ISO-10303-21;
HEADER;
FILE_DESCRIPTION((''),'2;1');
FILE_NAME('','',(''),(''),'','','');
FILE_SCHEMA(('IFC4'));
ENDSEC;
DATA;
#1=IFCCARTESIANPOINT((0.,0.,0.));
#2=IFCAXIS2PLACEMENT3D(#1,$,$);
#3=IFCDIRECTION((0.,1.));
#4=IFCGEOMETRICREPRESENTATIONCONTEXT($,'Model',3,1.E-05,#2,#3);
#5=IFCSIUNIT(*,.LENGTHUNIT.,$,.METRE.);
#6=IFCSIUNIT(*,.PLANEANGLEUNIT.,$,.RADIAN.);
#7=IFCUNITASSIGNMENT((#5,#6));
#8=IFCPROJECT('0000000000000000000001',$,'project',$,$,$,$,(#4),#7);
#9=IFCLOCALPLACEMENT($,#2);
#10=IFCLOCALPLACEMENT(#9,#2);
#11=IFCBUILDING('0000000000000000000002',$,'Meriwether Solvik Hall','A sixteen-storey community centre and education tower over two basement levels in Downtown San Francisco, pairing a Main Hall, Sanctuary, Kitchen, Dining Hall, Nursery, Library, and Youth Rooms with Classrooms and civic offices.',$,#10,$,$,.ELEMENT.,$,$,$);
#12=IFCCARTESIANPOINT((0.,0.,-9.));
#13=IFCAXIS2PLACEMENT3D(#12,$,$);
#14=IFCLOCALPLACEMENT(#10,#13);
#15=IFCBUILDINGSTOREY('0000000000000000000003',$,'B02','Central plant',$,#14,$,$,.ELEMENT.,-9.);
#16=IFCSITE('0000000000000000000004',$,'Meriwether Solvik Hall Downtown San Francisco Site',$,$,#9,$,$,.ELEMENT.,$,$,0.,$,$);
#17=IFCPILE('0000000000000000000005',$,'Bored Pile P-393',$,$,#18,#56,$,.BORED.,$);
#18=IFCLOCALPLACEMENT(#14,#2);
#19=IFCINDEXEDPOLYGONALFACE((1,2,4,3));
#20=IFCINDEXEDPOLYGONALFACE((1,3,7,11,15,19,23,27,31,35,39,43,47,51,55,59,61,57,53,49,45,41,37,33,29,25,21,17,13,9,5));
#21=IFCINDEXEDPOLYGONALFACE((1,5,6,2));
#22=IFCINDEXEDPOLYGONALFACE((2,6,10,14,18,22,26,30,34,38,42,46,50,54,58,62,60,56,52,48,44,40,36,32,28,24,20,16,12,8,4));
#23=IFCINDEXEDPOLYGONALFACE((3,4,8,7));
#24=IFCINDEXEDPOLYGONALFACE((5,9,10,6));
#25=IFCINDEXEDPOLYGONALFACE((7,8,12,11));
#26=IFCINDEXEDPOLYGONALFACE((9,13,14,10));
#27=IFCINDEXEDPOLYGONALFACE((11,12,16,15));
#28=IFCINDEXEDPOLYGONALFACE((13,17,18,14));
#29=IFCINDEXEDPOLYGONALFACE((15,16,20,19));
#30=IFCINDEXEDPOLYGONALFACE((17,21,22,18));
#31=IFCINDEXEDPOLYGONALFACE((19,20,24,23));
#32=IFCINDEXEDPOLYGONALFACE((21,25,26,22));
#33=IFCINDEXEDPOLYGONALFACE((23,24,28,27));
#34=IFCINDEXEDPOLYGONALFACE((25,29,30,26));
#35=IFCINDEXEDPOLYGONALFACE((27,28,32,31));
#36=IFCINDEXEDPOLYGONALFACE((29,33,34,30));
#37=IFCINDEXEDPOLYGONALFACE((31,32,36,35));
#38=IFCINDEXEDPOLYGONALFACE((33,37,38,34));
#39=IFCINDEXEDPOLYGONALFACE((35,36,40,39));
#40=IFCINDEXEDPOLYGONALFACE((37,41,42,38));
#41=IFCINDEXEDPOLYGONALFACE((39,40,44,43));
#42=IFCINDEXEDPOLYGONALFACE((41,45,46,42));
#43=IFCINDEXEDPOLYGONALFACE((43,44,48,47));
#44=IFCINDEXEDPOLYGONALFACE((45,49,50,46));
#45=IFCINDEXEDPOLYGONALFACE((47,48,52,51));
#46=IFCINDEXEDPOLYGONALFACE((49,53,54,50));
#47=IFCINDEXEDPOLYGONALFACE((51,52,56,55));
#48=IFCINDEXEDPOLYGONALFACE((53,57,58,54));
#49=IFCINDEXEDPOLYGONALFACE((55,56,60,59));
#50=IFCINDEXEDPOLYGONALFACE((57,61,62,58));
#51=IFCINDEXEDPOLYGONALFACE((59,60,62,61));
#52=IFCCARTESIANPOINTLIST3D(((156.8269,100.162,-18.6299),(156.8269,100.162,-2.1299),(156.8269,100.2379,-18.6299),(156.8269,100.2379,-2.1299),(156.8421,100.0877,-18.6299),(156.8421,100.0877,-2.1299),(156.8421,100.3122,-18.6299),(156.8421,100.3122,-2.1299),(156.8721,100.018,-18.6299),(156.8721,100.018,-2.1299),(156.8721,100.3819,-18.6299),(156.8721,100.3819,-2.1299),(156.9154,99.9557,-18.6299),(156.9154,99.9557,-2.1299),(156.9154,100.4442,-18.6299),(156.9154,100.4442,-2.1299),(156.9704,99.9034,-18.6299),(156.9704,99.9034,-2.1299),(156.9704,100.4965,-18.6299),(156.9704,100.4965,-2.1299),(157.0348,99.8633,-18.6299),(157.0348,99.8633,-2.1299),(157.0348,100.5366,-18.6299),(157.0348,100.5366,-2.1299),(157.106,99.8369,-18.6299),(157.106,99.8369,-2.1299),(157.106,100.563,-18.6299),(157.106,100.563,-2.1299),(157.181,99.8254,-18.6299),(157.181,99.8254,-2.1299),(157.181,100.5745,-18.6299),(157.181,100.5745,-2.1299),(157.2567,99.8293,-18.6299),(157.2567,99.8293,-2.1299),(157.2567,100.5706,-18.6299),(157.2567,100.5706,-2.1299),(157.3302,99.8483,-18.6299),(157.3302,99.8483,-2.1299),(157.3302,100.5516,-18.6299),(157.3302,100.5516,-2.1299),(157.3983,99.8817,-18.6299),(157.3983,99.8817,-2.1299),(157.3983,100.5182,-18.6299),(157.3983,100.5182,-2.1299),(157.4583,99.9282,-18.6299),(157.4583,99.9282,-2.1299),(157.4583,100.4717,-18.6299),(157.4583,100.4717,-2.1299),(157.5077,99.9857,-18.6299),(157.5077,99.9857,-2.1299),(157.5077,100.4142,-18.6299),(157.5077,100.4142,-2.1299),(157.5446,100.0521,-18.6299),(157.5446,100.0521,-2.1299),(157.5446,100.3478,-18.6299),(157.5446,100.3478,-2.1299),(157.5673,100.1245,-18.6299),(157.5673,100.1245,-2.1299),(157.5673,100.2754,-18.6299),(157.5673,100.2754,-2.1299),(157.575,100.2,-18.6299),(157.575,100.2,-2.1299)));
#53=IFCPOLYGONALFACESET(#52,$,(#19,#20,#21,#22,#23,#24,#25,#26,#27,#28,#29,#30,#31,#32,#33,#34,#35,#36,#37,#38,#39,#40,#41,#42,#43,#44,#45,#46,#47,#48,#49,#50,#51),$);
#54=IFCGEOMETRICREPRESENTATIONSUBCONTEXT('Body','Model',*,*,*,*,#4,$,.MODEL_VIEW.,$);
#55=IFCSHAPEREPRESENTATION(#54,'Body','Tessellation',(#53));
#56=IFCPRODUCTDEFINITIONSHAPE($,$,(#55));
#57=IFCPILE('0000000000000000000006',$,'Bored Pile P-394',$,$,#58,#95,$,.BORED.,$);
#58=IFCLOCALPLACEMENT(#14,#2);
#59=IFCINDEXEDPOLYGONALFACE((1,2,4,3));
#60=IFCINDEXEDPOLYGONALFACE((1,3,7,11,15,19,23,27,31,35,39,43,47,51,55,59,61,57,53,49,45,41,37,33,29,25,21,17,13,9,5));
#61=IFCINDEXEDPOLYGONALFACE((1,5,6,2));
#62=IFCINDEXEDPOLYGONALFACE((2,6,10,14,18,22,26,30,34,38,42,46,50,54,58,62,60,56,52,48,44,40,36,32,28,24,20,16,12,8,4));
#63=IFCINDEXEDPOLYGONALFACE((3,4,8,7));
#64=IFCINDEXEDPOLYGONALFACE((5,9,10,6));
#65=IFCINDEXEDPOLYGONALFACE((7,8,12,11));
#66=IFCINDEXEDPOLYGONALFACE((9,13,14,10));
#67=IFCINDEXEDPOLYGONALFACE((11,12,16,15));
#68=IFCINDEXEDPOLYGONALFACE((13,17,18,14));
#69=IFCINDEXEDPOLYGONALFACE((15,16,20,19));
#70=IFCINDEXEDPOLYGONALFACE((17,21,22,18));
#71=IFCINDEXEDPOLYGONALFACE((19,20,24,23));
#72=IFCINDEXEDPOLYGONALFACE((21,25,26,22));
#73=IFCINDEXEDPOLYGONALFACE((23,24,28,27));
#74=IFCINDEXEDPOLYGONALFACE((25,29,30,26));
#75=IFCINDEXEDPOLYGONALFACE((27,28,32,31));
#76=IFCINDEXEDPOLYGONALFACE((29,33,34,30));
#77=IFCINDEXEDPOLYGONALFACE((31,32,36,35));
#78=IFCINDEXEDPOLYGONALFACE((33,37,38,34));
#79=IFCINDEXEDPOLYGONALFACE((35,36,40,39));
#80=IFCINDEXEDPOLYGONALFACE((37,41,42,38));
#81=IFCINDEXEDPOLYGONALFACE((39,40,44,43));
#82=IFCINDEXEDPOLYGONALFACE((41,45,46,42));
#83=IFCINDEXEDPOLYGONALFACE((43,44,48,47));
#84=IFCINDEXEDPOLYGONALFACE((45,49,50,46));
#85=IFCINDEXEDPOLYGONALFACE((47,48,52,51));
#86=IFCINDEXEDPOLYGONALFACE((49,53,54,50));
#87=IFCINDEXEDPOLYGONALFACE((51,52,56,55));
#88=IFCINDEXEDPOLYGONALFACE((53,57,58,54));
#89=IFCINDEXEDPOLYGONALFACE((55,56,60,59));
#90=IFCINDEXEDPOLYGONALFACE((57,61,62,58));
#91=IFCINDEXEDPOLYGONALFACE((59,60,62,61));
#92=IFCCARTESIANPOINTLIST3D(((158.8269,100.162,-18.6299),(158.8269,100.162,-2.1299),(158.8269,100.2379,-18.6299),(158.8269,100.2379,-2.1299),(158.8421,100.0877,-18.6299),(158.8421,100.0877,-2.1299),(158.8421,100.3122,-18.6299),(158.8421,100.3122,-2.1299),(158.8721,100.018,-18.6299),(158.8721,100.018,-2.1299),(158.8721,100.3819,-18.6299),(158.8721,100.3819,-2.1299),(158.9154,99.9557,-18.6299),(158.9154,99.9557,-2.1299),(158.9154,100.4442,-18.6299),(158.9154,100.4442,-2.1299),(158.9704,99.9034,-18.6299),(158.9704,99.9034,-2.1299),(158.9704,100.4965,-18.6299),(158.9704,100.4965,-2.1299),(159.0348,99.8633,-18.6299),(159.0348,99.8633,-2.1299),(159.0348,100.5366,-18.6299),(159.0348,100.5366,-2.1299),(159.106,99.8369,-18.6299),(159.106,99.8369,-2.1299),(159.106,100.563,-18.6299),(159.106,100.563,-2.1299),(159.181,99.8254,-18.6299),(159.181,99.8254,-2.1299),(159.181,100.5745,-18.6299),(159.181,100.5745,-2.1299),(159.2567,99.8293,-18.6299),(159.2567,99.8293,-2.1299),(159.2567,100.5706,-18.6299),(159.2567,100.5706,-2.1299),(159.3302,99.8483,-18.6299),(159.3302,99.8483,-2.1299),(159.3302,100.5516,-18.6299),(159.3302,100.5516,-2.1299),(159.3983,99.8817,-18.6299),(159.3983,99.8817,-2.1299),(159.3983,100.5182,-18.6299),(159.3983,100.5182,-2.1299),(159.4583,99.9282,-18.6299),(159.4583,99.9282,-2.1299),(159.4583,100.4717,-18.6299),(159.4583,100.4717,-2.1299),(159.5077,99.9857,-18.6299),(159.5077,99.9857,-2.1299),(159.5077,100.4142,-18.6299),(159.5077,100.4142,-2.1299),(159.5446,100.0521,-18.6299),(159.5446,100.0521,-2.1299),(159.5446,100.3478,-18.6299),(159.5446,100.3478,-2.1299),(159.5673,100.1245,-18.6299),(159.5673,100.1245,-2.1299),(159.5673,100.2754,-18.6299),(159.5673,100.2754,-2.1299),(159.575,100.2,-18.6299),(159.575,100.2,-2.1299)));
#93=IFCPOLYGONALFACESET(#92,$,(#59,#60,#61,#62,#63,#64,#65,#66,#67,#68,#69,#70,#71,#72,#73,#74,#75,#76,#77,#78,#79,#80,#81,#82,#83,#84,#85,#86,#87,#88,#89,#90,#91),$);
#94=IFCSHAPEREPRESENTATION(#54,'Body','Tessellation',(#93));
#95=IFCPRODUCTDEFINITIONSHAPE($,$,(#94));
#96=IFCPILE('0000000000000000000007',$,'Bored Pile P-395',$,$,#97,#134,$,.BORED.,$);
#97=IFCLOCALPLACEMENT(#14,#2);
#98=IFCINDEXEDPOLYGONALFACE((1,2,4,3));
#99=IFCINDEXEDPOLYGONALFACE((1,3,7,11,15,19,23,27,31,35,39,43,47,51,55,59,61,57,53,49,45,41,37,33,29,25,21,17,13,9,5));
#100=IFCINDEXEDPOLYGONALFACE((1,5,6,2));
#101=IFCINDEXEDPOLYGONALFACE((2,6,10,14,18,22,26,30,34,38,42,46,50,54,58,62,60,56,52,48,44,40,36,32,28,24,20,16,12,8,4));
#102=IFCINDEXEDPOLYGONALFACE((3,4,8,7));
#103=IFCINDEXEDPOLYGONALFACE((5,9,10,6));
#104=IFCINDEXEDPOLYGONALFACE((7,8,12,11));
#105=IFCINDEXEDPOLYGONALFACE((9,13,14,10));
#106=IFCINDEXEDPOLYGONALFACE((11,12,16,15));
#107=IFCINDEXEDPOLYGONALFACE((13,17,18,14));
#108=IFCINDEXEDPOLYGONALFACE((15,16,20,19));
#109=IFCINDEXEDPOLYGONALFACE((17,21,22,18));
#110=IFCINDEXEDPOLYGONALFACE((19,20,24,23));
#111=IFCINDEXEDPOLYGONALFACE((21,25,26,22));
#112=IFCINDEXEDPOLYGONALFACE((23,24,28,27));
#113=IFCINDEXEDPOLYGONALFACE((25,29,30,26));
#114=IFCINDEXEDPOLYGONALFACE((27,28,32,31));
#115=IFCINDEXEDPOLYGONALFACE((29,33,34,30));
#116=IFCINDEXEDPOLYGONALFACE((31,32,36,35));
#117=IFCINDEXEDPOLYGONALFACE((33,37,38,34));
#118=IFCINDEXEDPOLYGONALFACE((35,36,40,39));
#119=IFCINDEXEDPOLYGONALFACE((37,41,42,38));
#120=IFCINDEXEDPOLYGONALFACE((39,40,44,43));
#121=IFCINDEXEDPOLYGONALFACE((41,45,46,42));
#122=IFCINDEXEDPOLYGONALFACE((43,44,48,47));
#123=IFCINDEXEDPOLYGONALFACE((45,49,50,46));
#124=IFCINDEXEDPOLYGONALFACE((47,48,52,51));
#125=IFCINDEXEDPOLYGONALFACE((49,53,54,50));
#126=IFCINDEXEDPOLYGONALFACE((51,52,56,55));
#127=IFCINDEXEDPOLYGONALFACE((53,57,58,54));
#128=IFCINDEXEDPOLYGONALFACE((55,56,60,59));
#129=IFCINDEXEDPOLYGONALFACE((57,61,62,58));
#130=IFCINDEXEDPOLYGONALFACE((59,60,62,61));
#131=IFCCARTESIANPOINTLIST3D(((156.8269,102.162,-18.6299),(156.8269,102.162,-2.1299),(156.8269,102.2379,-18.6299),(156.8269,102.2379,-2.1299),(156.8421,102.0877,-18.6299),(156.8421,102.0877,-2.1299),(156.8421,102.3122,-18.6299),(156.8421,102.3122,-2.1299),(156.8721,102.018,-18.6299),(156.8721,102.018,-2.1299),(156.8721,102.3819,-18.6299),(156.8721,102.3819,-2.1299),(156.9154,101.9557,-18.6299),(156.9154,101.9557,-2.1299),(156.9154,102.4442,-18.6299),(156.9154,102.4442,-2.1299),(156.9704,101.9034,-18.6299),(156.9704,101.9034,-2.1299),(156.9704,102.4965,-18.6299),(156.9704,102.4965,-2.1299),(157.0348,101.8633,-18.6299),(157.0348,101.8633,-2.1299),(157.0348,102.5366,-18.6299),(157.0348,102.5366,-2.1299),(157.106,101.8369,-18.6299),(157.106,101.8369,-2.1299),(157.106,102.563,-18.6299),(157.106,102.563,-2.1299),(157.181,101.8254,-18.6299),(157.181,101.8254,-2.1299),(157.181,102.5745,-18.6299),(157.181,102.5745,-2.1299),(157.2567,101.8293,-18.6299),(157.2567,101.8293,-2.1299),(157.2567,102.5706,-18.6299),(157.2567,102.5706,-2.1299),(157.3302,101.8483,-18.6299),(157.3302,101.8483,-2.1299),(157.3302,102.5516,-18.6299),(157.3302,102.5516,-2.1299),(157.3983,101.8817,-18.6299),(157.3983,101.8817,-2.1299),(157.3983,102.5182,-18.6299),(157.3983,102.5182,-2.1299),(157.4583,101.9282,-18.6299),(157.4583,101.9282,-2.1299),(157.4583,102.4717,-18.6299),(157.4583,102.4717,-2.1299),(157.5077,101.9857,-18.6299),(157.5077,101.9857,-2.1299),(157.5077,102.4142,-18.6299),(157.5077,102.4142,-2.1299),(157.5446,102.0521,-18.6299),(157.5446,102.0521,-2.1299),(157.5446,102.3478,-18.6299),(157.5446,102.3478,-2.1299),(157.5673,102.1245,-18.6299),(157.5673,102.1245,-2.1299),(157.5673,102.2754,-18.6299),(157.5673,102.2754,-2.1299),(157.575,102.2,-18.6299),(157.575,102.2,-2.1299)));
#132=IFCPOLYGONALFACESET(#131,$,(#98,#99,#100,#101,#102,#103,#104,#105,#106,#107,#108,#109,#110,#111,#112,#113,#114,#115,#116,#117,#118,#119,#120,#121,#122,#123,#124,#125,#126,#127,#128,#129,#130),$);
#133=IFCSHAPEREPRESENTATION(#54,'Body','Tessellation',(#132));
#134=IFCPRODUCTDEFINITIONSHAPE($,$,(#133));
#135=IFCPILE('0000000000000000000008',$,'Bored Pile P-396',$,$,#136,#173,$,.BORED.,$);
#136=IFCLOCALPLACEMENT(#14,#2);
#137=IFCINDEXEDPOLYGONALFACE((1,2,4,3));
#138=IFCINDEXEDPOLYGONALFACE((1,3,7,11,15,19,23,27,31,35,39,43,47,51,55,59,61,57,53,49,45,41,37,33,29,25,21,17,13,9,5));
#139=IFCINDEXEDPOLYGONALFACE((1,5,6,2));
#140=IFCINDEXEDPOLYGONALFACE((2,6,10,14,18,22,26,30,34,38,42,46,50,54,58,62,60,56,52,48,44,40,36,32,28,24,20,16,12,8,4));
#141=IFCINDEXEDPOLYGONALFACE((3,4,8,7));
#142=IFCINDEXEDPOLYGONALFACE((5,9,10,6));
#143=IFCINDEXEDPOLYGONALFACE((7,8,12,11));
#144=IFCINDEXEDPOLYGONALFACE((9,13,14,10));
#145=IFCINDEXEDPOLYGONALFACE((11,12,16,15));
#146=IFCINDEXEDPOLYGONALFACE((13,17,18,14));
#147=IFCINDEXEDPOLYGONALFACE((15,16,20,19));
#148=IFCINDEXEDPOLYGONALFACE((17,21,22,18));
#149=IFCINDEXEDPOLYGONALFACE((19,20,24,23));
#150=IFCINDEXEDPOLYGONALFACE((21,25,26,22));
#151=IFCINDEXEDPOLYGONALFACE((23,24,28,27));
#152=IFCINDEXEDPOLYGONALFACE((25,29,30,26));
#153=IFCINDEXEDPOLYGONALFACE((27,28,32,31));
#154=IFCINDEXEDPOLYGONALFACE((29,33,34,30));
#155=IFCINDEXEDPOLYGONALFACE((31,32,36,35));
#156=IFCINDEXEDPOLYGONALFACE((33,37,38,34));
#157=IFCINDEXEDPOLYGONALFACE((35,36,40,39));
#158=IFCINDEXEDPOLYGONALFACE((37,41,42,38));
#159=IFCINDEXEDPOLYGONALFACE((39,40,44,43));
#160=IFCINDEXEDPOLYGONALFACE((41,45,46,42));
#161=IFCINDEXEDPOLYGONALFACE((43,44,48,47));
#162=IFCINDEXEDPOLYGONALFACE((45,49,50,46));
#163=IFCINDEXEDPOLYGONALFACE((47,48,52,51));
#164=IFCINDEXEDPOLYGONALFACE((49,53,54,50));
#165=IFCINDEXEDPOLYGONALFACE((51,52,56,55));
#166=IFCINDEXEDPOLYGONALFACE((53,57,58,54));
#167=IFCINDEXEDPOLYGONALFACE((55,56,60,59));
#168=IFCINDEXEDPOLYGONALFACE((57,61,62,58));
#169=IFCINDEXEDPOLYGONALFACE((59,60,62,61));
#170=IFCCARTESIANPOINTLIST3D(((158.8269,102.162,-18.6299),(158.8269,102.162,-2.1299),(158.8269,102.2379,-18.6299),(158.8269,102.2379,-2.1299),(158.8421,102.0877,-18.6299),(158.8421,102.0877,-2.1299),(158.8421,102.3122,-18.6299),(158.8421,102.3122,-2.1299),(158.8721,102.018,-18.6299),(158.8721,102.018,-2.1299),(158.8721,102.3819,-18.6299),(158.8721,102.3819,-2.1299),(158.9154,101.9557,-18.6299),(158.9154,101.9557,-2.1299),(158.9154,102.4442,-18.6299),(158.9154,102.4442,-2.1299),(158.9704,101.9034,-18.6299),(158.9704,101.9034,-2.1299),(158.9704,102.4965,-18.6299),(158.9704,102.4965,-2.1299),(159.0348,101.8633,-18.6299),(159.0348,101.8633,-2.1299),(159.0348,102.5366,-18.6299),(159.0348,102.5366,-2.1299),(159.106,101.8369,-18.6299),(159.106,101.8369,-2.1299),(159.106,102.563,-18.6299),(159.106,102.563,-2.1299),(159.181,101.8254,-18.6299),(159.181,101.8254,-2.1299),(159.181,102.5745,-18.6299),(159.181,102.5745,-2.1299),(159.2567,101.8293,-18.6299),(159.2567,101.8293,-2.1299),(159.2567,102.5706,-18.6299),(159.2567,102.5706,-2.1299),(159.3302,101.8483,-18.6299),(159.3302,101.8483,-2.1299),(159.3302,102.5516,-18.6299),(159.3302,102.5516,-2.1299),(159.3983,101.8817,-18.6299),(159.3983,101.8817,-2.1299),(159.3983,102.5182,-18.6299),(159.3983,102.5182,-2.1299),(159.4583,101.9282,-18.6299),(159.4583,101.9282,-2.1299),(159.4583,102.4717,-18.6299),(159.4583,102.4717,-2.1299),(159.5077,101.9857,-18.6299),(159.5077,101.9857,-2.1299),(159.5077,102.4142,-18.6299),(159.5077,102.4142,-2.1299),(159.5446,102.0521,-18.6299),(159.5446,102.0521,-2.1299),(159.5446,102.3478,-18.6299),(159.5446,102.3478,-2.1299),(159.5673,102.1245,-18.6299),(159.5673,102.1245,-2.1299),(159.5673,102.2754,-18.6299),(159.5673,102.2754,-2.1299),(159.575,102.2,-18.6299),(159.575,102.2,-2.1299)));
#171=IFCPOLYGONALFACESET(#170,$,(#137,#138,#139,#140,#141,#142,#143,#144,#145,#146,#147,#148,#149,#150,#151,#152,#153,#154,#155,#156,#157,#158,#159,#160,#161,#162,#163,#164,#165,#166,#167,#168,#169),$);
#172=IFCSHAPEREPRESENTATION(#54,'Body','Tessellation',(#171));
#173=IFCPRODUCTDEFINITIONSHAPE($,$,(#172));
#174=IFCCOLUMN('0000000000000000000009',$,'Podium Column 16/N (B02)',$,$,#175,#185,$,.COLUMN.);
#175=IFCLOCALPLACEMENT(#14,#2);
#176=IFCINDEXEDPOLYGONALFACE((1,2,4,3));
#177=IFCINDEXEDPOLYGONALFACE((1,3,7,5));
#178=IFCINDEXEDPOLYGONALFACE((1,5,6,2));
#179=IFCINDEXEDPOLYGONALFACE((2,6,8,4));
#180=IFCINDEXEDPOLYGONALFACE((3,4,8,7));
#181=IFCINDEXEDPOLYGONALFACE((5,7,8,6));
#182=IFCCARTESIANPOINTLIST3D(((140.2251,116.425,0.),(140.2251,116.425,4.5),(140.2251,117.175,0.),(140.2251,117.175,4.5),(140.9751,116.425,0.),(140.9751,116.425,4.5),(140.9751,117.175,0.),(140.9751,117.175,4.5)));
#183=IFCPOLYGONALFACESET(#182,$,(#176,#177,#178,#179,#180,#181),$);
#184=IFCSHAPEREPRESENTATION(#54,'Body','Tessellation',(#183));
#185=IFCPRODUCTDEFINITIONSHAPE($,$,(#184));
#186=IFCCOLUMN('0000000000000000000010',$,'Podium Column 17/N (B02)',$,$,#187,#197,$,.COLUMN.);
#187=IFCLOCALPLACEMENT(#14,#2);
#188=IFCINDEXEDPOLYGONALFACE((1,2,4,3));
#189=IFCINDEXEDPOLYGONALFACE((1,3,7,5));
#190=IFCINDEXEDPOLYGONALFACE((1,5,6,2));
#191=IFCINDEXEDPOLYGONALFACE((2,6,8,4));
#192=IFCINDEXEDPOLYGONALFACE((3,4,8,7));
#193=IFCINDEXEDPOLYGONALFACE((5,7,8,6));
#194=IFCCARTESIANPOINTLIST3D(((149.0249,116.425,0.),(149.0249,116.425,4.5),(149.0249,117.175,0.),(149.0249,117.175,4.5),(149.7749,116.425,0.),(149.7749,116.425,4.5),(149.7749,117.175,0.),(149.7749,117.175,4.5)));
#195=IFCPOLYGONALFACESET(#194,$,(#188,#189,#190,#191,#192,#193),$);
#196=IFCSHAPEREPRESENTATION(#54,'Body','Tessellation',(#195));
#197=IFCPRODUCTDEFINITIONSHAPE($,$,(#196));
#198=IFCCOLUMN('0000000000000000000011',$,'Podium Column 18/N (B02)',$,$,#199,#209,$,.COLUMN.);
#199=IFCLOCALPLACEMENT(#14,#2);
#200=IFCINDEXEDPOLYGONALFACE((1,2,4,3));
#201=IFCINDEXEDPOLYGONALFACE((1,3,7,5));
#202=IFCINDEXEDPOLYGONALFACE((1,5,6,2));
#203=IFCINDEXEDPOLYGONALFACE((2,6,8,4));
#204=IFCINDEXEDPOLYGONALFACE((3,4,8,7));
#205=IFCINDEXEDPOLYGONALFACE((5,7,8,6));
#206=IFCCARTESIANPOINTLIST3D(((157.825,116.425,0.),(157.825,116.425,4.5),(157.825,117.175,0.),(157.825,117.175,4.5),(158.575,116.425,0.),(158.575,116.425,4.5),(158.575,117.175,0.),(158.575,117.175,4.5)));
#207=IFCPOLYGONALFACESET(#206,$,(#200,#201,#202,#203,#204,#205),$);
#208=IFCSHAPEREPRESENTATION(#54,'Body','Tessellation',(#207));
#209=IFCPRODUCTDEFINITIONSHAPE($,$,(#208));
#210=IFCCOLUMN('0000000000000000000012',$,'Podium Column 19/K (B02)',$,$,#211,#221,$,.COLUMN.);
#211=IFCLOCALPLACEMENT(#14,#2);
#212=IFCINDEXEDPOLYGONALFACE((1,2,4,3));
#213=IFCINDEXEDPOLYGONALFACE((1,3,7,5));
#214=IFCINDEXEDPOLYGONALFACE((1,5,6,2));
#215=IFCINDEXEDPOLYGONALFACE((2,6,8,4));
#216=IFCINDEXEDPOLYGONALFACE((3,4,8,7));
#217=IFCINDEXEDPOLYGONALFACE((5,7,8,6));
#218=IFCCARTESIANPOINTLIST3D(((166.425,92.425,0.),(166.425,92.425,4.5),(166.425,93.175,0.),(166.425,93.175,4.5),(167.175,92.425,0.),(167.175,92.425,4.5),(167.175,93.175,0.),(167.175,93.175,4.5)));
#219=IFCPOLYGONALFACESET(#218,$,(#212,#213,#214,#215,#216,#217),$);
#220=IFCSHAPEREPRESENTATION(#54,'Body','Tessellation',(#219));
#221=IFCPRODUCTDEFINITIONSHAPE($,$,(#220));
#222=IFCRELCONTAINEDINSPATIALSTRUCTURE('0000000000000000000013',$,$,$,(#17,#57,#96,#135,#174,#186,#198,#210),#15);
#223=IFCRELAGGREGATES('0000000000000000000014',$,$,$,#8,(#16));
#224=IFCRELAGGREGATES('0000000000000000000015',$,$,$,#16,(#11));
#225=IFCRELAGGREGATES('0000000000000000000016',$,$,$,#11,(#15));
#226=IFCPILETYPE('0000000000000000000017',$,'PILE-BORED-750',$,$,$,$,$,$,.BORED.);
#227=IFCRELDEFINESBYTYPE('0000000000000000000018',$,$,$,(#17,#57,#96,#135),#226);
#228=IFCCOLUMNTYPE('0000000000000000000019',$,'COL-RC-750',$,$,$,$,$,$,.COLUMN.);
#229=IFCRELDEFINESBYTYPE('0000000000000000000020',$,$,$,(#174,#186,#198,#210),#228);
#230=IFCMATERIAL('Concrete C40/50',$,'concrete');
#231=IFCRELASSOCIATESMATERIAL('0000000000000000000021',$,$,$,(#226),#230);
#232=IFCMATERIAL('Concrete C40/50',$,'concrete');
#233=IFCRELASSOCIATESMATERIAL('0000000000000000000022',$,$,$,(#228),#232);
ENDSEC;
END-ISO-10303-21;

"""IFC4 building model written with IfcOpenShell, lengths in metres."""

from ifc_helpers import new_model, si_unit, direction, frame, origin, origin_2d, place, context, subcontext, project, spatial, rectangle, circle, extrude, material, material_profile, profile_set, type_object, element, save


model = new_model("IFC4")

# Units and contexts
model_context = context("Model", 3, precision=1e-05, world=origin(), true_north=direction((0.0, 1.0)))
body_context = subcontext(model_context, "Body", "Model", "MODEL_VIEW")
ifc_project = project(units=[si_unit("LENGTHUNIT", "METRE"), si_unit("PLANEANGLEUNIT", "RADIAN")], contexts=[model_context])

# Site, building, storey
site_placement = place(None, origin())
site = spatial("IfcSite", under=ifc_project, at=site_placement, Name="Meriwether Solvik Hall Downtown San Francisco Site", CompositionType="ELEMENT", RefElevation=0.0)
building_placement = place(site_placement, origin())
building = spatial("IfcBuilding", under=site, at=building_placement, Name="Meriwether Solvik Hall", Description="A sixteen-storey community centre and education tower over two basement levels in Downtown San Francisco, pairing a Main Hall, Sanctuary, Kitchen, Dining Hall, Nursery, Library, and Youth Rooms with Classrooms and civic offices.", CompositionType="ELEMENT")
storey_placement = place(building_placement, frame((0.0, 0.0, -9.0)))
storey = spatial("IfcBuildingStorey", under=building, at=storey_placement, Name="B02", Description="Central plant", CompositionType="ELEMENT", Elevation=-9.0)

# Piles
ifc_material_1 = material(Name="Concrete C40/50", Category="concrete")
ifc_material_profile_1 = material_profile(ifc_material_1, circle(Radius=0.375, at=origin_2d()), Name="PILE-D750")
ifc_profile_set_1 = profile_set([ifc_material_profile_1], Name="Concrete C40/50")
pile_type = type_object("IfcPileType", Name="PILE-BORED-750", PredefinedType="BORED", material=ifc_profile_set_1)
for number, where, z_axis, x_axis, name in (
    (1, (157.2, 100.2, -2.1299), (0.0, 0.0, -1.0), (1.0, 0.0, 0.0), "Bored Pile P-393"),
    (2, (159.2, 100.2, -2.1299), (0.0, 0.0, -1.0), (1.0, 0.0, 0.0), "Bored Pile P-394"),
    (3, (157.2, 102.2, -2.1299), (0.0, 0.0, -1.0), (1.0, 0.0, 0.0), "Bored Pile P-395"),
    (4, (159.2, 102.2, -2.1299), (0.0, 0.0, -1.0), (1.0, 0.0, 0.0), "Bored Pile P-396"),
):
    element("IfcPile", number, at=place(storey_placement, frame(where, z_axis=z_axis, x_axis=x_axis)), inside=storey, type_object=pile_type, Name=name, PredefinedType="BORED", context=body_context, shape_type="SweptSolid", body=[
        extrude(circle(Radius=0.375, at=origin_2d()), origin(), (0.0, 0.0, 1.0), 16.5),
    ])

# Columns
ifc_material_2 = material(Name="Concrete C40/50", Category="concrete")
ifc_material_profile_2 = material_profile(ifc_material_2, rectangle(XDim=0.75, YDim=0.75, at=origin_2d()), Name="RCC-750X750")
ifc_profile_set_2 = profile_set([ifc_material_profile_2], Name="Concrete C40/50")
column_type_1 = type_object("IfcColumnType", Name="COL-RC-750", PredefinedType="COLUMN", material=ifc_profile_set_2)
for number, where, z_axis, x_axis, name in (
    (5, (140.6001, 116.8, 0.0), (0.0, 0.0, 1.0), (1.0, 0.0, 0.0), "Podium Column 16/N (B02)"),
    (6, (149.3999, 116.8, 0.0), (0.0, 0.0, 1.0), (1.0, 0.0, 0.0), "Podium Column 17/N (B02)"),
    (7, (158.2, 116.8, 0.0), (0.0, 0.0, 1.0), (1.0, 0.0, 0.0), "Podium Column 18/N (B02)"),
    (8, (166.8, 92.8, 0.0), (0.0, 0.0, 1.0), (1.0, 0.0, 0.0), "Podium Column 19/K (B02)"),
):
    element("IfcColumn", number, at=place(storey_placement, frame(where, z_axis=z_axis, x_axis=x_axis)), inside=storey, type_object=column_type_1, Name=name, PredefinedType="COLUMN", context=body_context, shape_type="SweptSolid", body=[
        extrude(rectangle(XDim=0.75, YDim=0.75, at=origin_2d()), origin(), (0.0, 0.0, 1.0), 4.5),
    ])

save(model, "model.ifc")
